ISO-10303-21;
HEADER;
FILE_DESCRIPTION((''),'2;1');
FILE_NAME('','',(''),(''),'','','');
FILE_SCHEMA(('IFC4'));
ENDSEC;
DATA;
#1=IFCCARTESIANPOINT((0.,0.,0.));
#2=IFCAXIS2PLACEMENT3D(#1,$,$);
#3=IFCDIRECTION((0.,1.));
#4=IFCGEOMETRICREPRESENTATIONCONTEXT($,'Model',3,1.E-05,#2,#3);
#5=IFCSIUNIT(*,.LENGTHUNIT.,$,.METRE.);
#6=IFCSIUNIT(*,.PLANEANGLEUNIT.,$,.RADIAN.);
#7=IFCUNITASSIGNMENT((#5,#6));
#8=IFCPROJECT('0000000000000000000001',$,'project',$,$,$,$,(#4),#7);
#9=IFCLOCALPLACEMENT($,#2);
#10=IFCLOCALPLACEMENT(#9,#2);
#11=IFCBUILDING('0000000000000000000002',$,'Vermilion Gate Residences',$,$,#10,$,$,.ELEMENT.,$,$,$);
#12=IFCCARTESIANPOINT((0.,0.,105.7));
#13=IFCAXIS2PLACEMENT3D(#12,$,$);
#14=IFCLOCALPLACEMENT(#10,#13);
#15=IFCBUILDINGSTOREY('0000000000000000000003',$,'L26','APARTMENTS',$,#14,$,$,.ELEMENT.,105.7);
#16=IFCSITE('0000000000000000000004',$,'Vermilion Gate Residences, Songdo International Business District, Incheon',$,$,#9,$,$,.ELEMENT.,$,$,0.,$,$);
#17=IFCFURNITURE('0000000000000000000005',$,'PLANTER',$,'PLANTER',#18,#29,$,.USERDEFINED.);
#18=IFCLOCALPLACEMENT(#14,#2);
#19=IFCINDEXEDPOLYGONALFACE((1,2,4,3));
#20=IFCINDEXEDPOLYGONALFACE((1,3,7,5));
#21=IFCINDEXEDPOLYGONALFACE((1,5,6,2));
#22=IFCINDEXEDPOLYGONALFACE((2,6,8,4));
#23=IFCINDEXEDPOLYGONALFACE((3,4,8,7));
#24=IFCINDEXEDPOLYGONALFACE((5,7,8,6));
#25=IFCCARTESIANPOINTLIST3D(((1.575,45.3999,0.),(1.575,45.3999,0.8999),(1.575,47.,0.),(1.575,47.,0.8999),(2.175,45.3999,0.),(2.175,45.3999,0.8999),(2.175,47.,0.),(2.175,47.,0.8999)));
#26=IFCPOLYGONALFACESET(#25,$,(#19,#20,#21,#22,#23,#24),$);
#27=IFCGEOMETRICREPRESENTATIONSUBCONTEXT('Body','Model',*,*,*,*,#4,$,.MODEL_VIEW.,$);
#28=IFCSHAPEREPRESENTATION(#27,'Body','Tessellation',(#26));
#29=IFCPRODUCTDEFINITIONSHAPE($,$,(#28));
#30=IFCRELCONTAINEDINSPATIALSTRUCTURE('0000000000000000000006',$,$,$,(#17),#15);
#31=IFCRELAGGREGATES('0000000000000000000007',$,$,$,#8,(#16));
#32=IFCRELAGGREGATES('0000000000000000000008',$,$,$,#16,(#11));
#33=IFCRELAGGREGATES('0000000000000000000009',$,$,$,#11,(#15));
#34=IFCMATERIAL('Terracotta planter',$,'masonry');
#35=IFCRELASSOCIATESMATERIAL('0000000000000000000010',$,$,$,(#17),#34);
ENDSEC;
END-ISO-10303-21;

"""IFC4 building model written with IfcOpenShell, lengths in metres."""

from ifc_helpers import new_model, si_unit, direction, frame, origin, origin_2d, place, context, subcontext, project, spatial, rectangle, extrude, material, element, save


model = new_model("IFC4")

# Units and contexts
model_context = context("Model", 3, precision=1e-05, world=origin(), true_north=direction((0.0, 1.0)))
body_context = subcontext(model_context, "Body", "Model", "MODEL_VIEW")
ifc_project = project(units=[si_unit("LENGTHUNIT", "METRE"), si_unit("PLANEANGLEUNIT", "RADIAN")], contexts=[model_context])

# Site, building, storey
site_placement = place(None, origin())
site = spatial("IfcSite", under=ifc_project, at=site_placement, Name="Vermilion Gate Residences, Songdo International Business District, Incheon", CompositionType="ELEMENT", RefElevation=0.0)
building_placement = place(site_placement, origin())
building = spatial("IfcBuilding", under=site, at=building_placement, Name="Vermilion Gate Residences", CompositionType="ELEMENT")
storey_placement = place(building_placement, frame((0.0, 0.0, 105.7)))
storey = spatial("IfcBuildingStorey", under=building, at=storey_placement, Name="L26", Description="APARTMENTS", CompositionType="ELEMENT", Elevation=105.7)

# Furniture
ifc_material_1 = material(Name="Terracotta planter", Category="masonry")
furniture_placement = place(storey_placement, frame((1.875, 46.2, 0.0), z_axis=(0.0, 0.0, 1.0), x_axis=(0.0, -1.0, 0.0)))
element("IfcFurniture", 1, at=furniture_placement, inside=storey, material=ifc_material_1, Name="PLANTER", ObjectType="PLANTER", PredefinedType="USERDEFINED", context=body_context, shape_type="SweptSolid", body=[
    extrude(rectangle(XDim=1.6001, YDim=0.6001, at=origin_2d()), origin(), (0.0, 0.0, 1.0), 0.8999),
])

save(model, "model.ifc")
